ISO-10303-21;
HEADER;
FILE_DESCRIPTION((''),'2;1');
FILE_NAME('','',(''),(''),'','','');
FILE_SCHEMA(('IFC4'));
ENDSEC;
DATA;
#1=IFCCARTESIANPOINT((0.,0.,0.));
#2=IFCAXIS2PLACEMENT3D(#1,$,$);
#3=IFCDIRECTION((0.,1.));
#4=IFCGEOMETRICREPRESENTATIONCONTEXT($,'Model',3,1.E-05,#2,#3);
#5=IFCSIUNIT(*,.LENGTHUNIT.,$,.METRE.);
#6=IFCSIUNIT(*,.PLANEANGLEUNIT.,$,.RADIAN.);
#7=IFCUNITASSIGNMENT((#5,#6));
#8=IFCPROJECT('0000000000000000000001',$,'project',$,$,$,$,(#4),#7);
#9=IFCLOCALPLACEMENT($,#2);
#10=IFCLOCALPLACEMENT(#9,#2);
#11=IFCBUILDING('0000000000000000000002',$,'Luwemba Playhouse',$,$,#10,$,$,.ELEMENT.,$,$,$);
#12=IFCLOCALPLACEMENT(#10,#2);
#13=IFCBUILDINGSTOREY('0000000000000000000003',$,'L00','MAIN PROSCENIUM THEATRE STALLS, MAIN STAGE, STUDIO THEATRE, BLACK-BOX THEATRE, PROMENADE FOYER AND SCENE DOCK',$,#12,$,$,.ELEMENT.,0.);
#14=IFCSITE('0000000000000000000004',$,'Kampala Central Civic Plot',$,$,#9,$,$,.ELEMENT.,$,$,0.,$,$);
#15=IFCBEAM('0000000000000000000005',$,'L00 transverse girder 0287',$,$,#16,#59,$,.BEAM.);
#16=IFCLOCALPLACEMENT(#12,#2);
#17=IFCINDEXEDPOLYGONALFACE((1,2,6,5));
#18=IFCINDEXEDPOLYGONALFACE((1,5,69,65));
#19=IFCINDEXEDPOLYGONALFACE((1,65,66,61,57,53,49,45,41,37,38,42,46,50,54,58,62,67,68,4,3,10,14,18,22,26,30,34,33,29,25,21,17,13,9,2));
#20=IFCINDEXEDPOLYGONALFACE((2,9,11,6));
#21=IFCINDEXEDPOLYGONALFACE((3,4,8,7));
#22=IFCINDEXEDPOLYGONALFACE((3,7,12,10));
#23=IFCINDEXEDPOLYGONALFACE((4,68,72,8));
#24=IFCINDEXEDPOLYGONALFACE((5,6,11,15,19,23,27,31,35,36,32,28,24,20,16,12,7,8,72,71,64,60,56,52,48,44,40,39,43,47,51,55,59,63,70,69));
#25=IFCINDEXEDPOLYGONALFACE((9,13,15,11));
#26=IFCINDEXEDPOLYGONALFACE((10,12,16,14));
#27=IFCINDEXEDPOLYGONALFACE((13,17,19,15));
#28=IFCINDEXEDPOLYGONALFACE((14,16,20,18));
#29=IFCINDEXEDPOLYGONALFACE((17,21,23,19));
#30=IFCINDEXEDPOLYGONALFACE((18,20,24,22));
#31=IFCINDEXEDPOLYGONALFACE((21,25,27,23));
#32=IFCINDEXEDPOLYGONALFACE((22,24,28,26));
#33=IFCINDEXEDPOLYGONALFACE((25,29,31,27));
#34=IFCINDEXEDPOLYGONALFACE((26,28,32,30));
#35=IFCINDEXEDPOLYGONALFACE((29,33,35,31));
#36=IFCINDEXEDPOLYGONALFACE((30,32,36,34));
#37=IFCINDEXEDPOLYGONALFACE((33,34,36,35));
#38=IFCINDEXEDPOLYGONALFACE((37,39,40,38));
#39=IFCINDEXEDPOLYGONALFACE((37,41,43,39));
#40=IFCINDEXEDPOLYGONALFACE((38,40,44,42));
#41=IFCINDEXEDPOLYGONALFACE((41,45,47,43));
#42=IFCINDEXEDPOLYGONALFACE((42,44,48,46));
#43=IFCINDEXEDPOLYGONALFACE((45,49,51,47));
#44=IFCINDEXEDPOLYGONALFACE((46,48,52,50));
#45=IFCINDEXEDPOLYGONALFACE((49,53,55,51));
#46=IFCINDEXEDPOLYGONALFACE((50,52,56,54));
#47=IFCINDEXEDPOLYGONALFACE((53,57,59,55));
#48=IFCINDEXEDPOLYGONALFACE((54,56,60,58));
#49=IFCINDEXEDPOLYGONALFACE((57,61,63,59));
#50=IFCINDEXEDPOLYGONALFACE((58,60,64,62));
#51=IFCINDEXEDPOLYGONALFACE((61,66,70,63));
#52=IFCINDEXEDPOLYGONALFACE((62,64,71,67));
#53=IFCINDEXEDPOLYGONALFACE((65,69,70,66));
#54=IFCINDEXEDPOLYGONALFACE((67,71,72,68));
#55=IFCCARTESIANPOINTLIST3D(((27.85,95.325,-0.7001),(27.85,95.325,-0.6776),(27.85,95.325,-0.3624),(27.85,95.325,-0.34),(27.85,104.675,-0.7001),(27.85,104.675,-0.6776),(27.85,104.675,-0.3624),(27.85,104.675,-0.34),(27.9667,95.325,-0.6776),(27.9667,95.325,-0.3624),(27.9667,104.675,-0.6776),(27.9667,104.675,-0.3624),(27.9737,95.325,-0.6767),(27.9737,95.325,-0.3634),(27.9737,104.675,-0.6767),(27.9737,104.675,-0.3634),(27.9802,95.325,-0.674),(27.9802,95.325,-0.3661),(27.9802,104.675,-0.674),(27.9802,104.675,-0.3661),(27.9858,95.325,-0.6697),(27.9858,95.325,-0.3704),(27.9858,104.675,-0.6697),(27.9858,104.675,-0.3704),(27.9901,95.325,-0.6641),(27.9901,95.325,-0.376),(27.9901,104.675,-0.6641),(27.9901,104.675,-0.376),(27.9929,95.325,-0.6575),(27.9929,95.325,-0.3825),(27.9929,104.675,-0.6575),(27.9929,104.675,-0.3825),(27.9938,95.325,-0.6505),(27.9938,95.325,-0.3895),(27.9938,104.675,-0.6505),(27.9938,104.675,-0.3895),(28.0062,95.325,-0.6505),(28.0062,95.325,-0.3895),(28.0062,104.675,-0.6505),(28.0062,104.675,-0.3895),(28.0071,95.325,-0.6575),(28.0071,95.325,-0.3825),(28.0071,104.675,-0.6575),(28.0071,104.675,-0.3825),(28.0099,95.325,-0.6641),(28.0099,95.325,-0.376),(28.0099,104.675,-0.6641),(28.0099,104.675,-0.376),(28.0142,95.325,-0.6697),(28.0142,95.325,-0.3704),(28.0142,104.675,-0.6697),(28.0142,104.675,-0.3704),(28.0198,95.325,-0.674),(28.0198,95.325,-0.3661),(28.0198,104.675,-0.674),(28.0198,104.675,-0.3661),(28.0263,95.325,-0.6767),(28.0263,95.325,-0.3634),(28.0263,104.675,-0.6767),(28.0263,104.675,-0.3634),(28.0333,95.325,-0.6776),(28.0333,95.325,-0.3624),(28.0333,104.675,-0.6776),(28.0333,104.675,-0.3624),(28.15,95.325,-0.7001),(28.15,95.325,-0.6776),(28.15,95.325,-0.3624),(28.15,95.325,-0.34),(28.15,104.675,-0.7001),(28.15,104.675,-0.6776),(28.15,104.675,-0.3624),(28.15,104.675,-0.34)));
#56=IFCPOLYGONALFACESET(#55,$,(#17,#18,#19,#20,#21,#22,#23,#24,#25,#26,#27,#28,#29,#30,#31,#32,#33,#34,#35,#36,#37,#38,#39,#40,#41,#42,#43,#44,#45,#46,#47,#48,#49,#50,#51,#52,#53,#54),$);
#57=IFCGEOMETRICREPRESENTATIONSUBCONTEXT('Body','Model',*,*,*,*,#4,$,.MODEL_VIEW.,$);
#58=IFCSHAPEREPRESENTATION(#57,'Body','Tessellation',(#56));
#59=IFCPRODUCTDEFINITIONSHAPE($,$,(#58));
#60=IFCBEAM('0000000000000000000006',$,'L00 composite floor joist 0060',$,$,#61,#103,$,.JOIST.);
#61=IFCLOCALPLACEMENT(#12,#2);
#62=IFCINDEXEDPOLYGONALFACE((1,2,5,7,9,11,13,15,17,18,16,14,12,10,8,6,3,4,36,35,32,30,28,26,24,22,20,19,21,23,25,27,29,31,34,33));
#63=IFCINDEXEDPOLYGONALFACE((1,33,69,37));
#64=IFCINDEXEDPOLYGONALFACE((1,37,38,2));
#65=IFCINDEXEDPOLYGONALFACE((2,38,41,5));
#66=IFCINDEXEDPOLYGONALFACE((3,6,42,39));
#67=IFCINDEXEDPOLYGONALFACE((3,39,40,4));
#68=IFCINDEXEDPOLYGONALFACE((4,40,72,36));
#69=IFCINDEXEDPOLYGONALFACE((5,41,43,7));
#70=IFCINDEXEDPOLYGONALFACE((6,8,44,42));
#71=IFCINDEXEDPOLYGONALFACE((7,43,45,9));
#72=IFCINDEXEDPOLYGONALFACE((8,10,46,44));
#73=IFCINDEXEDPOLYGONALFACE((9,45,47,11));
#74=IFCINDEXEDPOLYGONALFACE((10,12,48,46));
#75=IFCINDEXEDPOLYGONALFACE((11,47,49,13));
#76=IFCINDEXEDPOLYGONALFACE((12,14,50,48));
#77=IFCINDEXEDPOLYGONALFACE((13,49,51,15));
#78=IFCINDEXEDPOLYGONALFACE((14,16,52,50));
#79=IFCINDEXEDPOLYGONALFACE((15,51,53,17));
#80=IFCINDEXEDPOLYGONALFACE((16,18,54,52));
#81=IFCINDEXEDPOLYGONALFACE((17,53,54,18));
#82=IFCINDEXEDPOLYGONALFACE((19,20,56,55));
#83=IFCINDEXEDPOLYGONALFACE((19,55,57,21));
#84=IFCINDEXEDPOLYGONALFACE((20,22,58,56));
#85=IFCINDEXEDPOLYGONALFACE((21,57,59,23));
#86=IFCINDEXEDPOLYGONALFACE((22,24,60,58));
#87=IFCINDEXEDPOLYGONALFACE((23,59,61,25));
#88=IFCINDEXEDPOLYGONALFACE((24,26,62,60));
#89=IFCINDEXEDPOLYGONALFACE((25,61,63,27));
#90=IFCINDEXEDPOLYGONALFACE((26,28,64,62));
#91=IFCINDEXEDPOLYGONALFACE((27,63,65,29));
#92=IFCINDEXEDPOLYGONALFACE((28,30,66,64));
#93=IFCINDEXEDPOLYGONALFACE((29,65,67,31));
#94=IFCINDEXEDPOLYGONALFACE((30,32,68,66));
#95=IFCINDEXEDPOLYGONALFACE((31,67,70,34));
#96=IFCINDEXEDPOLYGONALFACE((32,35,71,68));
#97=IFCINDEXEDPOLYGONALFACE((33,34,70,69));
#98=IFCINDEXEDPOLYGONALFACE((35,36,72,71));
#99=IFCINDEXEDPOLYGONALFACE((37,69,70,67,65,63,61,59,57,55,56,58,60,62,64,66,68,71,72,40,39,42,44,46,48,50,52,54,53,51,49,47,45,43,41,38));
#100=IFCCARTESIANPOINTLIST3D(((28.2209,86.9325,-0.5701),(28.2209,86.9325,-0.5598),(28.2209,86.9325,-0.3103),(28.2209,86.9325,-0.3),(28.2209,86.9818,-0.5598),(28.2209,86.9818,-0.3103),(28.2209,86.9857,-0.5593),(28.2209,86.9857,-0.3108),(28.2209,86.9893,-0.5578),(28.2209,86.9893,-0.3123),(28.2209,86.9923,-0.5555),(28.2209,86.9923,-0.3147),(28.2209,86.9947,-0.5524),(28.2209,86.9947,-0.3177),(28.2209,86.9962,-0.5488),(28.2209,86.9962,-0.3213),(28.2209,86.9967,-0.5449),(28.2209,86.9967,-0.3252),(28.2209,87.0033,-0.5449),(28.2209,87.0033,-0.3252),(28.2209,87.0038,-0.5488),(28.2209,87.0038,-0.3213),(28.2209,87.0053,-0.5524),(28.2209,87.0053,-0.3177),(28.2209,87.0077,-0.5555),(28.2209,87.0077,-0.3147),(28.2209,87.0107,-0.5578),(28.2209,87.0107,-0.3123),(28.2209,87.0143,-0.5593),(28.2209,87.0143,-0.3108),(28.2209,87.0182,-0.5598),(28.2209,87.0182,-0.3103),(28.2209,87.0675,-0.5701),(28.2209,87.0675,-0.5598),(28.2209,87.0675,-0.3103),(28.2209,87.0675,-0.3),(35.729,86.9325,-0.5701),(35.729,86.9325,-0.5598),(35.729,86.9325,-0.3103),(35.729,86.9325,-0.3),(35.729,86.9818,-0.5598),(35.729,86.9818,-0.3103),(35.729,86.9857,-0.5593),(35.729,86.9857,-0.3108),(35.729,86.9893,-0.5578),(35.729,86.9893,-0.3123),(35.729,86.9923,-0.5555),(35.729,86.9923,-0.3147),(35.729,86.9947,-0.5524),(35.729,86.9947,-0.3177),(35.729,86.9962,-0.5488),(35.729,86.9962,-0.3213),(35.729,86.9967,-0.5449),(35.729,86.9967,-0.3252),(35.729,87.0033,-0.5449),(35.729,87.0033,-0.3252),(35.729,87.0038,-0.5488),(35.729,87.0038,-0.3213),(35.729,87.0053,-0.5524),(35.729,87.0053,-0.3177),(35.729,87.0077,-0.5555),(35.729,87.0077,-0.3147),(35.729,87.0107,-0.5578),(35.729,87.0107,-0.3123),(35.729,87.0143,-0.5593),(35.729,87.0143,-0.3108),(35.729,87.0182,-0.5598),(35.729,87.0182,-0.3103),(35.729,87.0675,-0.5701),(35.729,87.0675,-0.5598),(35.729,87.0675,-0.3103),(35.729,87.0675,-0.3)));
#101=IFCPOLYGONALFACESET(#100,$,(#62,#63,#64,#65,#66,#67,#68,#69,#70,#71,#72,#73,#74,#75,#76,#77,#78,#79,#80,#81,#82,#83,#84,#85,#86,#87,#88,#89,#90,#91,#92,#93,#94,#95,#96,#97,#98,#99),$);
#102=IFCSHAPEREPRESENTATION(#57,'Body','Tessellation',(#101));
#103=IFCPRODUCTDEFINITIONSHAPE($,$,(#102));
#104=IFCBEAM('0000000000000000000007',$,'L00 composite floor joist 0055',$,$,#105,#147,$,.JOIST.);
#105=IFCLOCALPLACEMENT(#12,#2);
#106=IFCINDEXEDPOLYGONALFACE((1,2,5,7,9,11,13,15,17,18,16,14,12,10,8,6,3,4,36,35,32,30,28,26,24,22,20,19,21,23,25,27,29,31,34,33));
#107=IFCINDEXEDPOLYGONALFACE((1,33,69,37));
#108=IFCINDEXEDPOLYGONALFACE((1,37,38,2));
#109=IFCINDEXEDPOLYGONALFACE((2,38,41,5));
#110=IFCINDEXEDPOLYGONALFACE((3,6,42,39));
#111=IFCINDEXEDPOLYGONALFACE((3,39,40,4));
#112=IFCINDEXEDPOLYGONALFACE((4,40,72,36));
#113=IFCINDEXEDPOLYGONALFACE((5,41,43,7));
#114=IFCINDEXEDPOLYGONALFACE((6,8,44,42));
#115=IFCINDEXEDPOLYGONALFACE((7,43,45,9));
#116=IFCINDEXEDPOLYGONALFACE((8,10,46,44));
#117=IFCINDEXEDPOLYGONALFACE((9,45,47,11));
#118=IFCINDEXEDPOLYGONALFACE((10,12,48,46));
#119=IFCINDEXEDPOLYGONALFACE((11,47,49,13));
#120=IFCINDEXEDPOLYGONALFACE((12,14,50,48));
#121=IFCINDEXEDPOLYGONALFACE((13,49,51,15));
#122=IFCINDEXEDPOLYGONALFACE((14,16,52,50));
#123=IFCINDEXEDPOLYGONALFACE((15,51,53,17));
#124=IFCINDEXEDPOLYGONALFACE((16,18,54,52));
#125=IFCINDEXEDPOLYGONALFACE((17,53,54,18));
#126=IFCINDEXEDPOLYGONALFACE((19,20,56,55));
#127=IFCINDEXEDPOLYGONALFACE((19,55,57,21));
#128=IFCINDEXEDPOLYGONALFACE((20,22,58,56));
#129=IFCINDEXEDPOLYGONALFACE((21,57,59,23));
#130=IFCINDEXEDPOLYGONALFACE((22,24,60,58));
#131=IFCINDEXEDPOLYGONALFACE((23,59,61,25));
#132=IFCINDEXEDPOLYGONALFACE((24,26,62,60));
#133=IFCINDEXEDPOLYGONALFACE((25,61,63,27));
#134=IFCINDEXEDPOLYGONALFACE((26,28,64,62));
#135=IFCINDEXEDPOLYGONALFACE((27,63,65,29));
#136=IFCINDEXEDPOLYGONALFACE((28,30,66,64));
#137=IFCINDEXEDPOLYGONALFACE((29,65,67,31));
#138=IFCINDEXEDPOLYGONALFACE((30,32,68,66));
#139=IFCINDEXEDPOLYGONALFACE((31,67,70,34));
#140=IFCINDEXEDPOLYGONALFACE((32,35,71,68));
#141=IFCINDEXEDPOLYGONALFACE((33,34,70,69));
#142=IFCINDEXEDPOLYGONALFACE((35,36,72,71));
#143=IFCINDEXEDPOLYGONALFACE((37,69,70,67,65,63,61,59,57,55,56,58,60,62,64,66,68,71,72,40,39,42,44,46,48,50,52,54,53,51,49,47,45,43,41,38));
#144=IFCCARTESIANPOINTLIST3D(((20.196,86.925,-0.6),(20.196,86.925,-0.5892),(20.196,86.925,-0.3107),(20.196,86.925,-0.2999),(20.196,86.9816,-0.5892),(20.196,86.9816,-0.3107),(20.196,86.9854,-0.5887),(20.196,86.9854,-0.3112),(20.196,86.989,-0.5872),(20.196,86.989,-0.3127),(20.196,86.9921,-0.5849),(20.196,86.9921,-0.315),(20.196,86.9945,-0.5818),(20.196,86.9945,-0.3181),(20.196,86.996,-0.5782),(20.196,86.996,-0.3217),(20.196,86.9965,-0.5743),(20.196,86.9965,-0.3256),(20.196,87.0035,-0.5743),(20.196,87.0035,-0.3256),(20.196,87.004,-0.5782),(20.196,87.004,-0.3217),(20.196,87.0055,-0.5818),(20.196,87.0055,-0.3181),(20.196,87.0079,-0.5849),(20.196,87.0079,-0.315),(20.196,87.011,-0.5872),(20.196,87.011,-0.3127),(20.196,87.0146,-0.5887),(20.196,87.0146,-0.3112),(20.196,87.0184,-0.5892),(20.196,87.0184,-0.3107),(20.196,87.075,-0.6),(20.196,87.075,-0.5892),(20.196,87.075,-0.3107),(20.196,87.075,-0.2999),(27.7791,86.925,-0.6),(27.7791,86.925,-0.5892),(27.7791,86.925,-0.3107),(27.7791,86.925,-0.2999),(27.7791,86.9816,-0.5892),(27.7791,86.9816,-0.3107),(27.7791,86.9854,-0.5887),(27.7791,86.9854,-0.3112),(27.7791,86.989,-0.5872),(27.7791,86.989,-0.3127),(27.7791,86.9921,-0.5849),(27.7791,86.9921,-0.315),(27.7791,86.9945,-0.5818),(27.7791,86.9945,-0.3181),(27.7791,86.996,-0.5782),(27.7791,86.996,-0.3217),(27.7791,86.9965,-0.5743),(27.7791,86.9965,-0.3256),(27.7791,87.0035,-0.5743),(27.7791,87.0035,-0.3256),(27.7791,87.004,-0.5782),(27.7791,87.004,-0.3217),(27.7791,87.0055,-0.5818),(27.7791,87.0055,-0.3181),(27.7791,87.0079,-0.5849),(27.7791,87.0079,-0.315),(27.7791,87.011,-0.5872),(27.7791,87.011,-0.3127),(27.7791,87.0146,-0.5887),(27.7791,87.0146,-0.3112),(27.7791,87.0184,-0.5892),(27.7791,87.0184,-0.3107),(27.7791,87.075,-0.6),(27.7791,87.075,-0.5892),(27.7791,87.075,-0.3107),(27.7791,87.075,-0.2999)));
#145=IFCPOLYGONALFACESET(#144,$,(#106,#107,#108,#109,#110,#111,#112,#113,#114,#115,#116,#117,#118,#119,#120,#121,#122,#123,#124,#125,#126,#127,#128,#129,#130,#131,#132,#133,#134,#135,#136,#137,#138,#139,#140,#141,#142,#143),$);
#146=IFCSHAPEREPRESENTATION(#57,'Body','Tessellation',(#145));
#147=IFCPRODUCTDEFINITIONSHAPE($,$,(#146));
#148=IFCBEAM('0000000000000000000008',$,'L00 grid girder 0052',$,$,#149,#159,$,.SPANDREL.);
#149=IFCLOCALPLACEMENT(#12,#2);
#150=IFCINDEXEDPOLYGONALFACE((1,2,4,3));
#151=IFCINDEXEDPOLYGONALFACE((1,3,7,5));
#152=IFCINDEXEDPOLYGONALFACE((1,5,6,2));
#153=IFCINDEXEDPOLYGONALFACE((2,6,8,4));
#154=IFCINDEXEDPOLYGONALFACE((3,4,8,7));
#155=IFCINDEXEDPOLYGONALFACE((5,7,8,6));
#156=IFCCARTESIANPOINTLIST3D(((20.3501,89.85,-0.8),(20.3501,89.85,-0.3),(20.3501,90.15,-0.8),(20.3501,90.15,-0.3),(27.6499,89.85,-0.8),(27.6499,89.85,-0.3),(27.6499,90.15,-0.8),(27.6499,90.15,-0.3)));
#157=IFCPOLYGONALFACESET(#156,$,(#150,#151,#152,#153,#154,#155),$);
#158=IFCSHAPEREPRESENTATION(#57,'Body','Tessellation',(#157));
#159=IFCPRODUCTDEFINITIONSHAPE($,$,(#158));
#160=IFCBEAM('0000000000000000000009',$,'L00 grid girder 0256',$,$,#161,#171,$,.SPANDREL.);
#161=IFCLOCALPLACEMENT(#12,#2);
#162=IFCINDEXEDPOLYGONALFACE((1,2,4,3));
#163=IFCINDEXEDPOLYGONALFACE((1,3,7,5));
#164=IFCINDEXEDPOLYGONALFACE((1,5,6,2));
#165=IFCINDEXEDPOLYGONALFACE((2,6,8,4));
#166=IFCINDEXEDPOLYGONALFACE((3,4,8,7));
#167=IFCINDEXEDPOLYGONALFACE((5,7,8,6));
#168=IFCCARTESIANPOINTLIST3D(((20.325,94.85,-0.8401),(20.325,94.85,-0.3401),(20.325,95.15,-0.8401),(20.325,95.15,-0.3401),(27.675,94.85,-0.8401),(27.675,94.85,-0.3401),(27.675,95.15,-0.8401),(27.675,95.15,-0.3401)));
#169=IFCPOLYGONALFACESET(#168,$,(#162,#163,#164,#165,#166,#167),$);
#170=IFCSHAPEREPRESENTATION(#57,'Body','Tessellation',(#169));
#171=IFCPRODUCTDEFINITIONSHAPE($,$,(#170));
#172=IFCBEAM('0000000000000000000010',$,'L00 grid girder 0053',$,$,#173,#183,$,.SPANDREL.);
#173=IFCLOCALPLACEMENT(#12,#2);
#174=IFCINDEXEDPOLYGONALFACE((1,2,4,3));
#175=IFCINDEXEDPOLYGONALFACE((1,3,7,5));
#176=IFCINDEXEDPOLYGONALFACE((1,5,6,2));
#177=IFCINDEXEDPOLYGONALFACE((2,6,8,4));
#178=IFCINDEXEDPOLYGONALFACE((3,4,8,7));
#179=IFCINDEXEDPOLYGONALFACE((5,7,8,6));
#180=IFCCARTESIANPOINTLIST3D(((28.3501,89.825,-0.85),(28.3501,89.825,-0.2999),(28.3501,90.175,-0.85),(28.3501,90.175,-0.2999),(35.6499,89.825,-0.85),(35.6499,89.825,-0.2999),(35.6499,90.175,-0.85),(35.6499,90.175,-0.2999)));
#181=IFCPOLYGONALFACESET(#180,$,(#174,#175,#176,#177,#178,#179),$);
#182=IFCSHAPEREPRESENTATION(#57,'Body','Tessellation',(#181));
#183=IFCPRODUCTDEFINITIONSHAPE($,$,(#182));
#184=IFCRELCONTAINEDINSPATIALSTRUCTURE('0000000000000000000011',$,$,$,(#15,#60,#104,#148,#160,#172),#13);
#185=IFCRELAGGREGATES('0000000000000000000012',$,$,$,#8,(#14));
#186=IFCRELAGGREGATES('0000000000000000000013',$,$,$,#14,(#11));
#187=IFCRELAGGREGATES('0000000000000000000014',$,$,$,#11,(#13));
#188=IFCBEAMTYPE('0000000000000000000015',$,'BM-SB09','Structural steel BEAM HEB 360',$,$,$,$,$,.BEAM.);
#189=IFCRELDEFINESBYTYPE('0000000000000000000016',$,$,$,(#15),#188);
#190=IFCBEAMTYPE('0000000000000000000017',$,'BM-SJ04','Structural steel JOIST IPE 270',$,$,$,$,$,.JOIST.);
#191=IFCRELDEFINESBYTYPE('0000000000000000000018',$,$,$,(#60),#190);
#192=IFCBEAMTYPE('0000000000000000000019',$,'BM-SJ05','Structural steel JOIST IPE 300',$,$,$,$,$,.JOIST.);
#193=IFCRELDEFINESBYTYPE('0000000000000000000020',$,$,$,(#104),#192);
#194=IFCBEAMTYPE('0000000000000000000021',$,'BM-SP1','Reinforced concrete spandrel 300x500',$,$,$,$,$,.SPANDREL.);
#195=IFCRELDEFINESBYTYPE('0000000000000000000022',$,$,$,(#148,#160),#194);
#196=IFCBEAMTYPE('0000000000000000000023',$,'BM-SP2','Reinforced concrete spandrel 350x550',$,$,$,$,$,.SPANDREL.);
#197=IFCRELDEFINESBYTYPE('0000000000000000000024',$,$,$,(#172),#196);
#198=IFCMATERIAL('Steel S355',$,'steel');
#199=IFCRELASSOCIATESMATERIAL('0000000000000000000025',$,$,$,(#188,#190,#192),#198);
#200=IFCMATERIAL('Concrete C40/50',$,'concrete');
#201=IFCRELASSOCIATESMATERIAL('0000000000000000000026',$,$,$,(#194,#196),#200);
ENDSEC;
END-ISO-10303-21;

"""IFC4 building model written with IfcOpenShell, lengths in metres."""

from ifc_helpers import new_model, si_unit, direction, frame, origin, origin_2d, place, context, subcontext, project, spatial, rectangle, i_section, extrude, material, material_profile, profile_set, type_object, element, save


model = new_model("IFC4")

# Units and contexts
model_context = context("Model", 3, precision=1e-05, world=origin(), true_north=direction((0.0, 1.0)))
body_context = subcontext(model_context, "Body", "Model", "MODEL_VIEW")
ifc_project = project(units=[si_unit("LENGTHUNIT", "METRE"), si_unit("PLANEANGLEUNIT", "RADIAN")], contexts=[model_context])

# Site, building, storey
site_placement = place(None, origin())
site = spatial("IfcSite", under=ifc_project, at=site_placement, Name="Kampala Central Civic Plot", CompositionType="ELEMENT", RefElevation=0.0)
building_placement = place(site_placement, origin())
building = spatial("IfcBuilding", under=site, at=building_placement, Name="Luwemba Playhouse", CompositionType="ELEMENT")
storey_placement = place(building_placement, origin())
storey = spatial("IfcBuildingStorey", under=building, at=storey_placement, Name="L00", Description="MAIN PROSCENIUM THEATRE STALLS, MAIN STAGE, STUDIO THEATRE, BLACK-BOX THEATRE, PROMENADE FOYER AND SCENE DOCK", CompositionType="ELEMENT", Elevation=0.0)

# Shared definitions
ifc_material_1 = material(Name="Concrete C40/50", Category="concrete")

# Beams
ifc_material_2 = material(Name="Steel S355", Category="steel")
ifc_material_profile_1 = material_profile(ifc_material_2, i_section(OverallWidth=0.3, OverallDepth=0.3601, WebThickness=0.0125, FlangeThickness=0.0225, FilletRadius=0.0271, at=origin_2d()))
ifc_profile_set_1 = profile_set([ifc_material_profile_1], Name="Steel S355")
beam_type_1 = type_object("IfcBeamType", Name="BM-SB09", Description="Structural steel BEAM HEB 360", PredefinedType="BEAM", material=ifc_profile_set_1)
beam_1_placement = place(storey_placement, frame((28.0, 95.325, -0.52), z_axis=(0.0, 1.0, 0.0), x_axis=(-1.0, 0.0, 0.0)))
element("IfcBeam", 1, at=beam_1_placement, inside=storey, type_object=beam_type_1, Name="L00 transverse girder 0287", PredefinedType="BEAM", context=body_context, shape_type="SweptSolid", body=[
    extrude(i_section(OverallWidth=0.3, OverallDepth=0.3601, WebThickness=0.0125, FlangeThickness=0.0225, FilletRadius=0.0271, at=origin_2d()), origin(), (0.0, 0.0, 1.0), 9.3501),
])
ifc_material_profile_2 = material_profile(ifc_material_2, i_section(OverallWidth=0.135, OverallDepth=0.27, WebThickness=0.0066, FlangeThickness=0.0103, FilletRadius=0.0149, at=origin_2d()))
ifc_profile_set_2 = profile_set([ifc_material_profile_2], Name="Steel S355")
beam_type_2 = type_object("IfcBeamType", Name="BM-SJ04", Description="Structural steel JOIST IPE 270", PredefinedType="JOIST", material=ifc_profile_set_2)
beam_2_placement = place(storey_placement, frame((28.2209, 87.0, -0.4351), z_axis=(1.0, 0.0, 0.0), x_axis=(0.0, 1.0, 0.0)))
element("IfcBeam", 2, at=beam_2_placement, inside=storey, type_object=beam_type_2, Name="L00 composite floor joist 0060", PredefinedType="JOIST", context=body_context, shape_type="SweptSolid", body=[
    extrude(i_section(OverallWidth=0.135, OverallDepth=0.27, WebThickness=0.0066, FlangeThickness=0.0103, FilletRadius=0.0149, at=origin_2d()), origin(), (0.0, 0.0, 1.0), 7.5081),
])
ifc_material_profile_3 = material_profile(ifc_material_2, i_section(OverallWidth=0.1499, OverallDepth=0.3, WebThickness=0.0071, FlangeThickness=0.0107, FilletRadius=0.0149, at=origin_2d()))
ifc_profile_set_3 = profile_set([ifc_material_profile_3], Name="Steel S355")
beam_type_3 = type_object("IfcBeamType", Name="BM-SJ05", Description="Structural steel JOIST IPE 300", PredefinedType="JOIST", material=ifc_profile_set_3)
beam_3_placement = place(storey_placement, frame((20.196, 87.0, -0.45), z_axis=(1.0, 0.0, 0.0), x_axis=(0.0, 1.0, 0.0)))
element("IfcBeam", 3, at=beam_3_placement, inside=storey, type_object=beam_type_3, Name="L00 composite floor joist 0055", PredefinedType="JOIST", context=body_context, shape_type="SweptSolid", body=[
    extrude(i_section(OverallWidth=0.1499, OverallDepth=0.3, WebThickness=0.0071, FlangeThickness=0.0107, FilletRadius=0.0149, at=origin_2d()), origin(), (0.0, 0.0, 1.0), 7.583),
])
ifc_material_profile_4 = material_profile(ifc_material_1, rectangle(XDim=0.3, YDim=0.5, at=origin_2d()))
ifc_profile_set_4 = profile_set([ifc_material_profile_4], Name="Concrete C40/50")
beam_type_4 = type_object("IfcBeamType", Name="BM-SP1", Description="Reinforced concrete spandrel 300x500", PredefinedType="SPANDREL", material=ifc_profile_set_4)
beam_4_placement = place(storey_placement, frame((20.3501, 90.0, -0.55), z_axis=(1.0, 0.0, 0.0), x_axis=(0.0, 1.0, 0.0)))
element("IfcBeam", 4, at=beam_4_placement, inside=storey, type_object=beam_type_4, Name="L00 grid girder 0052", PredefinedType="SPANDREL", context=body_context, shape_type="SweptSolid", body=[
    extrude(rectangle(XDim=0.3, YDim=0.5, at=origin_2d()), origin(), (0.0, 0.0, 1.0), 7.2998),
])
beam_5_placement = place(storey_placement, frame((20.325, 95.0, -0.5901), z_axis=(1.0, 0.0, 0.0), x_axis=(0.0, 1.0, 0.0)))
element("IfcBeam", 5, at=beam_5_placement, inside=storey, type_object=beam_type_4, Name="L00 grid girder 0256", PredefinedType="SPANDREL", context=body_context, shape_type="SweptSolid", body=[
    extrude(rectangle(XDim=0.3, YDim=0.5, at=origin_2d()), origin(), (0.0, 0.0, 1.0), 7.3501),
])
ifc_material_profile_5 = material_profile(ifc_material_1, rectangle(XDim=0.3501, YDim=0.55, at=origin_2d()))
ifc_profile_set_5 = profile_set([ifc_material_profile_5], Name="Concrete C40/50")
beam_type_5 = type_object("IfcBeamType", Name="BM-SP2", Description="Reinforced concrete spandrel 350x550", PredefinedType="SPANDREL", material=ifc_profile_set_5)
beam_6_placement = place(storey_placement, frame((28.3501, 90.0, -0.575), z_axis=(1.0, 0.0, 0.0), x_axis=(0.0, 1.0, 0.0)))
element("IfcBeam", 6, at=beam_6_placement, inside=storey, type_object=beam_type_5, Name="L00 grid girder 0053", PredefinedType="SPANDREL", context=body_context, shape_type="SweptSolid", body=[
    extrude(rectangle(XDim=0.3501, YDim=0.55, at=origin_2d()), origin(), (0.0, 0.0, 1.0), 7.2998),
])

save(model, "model.ifc")
